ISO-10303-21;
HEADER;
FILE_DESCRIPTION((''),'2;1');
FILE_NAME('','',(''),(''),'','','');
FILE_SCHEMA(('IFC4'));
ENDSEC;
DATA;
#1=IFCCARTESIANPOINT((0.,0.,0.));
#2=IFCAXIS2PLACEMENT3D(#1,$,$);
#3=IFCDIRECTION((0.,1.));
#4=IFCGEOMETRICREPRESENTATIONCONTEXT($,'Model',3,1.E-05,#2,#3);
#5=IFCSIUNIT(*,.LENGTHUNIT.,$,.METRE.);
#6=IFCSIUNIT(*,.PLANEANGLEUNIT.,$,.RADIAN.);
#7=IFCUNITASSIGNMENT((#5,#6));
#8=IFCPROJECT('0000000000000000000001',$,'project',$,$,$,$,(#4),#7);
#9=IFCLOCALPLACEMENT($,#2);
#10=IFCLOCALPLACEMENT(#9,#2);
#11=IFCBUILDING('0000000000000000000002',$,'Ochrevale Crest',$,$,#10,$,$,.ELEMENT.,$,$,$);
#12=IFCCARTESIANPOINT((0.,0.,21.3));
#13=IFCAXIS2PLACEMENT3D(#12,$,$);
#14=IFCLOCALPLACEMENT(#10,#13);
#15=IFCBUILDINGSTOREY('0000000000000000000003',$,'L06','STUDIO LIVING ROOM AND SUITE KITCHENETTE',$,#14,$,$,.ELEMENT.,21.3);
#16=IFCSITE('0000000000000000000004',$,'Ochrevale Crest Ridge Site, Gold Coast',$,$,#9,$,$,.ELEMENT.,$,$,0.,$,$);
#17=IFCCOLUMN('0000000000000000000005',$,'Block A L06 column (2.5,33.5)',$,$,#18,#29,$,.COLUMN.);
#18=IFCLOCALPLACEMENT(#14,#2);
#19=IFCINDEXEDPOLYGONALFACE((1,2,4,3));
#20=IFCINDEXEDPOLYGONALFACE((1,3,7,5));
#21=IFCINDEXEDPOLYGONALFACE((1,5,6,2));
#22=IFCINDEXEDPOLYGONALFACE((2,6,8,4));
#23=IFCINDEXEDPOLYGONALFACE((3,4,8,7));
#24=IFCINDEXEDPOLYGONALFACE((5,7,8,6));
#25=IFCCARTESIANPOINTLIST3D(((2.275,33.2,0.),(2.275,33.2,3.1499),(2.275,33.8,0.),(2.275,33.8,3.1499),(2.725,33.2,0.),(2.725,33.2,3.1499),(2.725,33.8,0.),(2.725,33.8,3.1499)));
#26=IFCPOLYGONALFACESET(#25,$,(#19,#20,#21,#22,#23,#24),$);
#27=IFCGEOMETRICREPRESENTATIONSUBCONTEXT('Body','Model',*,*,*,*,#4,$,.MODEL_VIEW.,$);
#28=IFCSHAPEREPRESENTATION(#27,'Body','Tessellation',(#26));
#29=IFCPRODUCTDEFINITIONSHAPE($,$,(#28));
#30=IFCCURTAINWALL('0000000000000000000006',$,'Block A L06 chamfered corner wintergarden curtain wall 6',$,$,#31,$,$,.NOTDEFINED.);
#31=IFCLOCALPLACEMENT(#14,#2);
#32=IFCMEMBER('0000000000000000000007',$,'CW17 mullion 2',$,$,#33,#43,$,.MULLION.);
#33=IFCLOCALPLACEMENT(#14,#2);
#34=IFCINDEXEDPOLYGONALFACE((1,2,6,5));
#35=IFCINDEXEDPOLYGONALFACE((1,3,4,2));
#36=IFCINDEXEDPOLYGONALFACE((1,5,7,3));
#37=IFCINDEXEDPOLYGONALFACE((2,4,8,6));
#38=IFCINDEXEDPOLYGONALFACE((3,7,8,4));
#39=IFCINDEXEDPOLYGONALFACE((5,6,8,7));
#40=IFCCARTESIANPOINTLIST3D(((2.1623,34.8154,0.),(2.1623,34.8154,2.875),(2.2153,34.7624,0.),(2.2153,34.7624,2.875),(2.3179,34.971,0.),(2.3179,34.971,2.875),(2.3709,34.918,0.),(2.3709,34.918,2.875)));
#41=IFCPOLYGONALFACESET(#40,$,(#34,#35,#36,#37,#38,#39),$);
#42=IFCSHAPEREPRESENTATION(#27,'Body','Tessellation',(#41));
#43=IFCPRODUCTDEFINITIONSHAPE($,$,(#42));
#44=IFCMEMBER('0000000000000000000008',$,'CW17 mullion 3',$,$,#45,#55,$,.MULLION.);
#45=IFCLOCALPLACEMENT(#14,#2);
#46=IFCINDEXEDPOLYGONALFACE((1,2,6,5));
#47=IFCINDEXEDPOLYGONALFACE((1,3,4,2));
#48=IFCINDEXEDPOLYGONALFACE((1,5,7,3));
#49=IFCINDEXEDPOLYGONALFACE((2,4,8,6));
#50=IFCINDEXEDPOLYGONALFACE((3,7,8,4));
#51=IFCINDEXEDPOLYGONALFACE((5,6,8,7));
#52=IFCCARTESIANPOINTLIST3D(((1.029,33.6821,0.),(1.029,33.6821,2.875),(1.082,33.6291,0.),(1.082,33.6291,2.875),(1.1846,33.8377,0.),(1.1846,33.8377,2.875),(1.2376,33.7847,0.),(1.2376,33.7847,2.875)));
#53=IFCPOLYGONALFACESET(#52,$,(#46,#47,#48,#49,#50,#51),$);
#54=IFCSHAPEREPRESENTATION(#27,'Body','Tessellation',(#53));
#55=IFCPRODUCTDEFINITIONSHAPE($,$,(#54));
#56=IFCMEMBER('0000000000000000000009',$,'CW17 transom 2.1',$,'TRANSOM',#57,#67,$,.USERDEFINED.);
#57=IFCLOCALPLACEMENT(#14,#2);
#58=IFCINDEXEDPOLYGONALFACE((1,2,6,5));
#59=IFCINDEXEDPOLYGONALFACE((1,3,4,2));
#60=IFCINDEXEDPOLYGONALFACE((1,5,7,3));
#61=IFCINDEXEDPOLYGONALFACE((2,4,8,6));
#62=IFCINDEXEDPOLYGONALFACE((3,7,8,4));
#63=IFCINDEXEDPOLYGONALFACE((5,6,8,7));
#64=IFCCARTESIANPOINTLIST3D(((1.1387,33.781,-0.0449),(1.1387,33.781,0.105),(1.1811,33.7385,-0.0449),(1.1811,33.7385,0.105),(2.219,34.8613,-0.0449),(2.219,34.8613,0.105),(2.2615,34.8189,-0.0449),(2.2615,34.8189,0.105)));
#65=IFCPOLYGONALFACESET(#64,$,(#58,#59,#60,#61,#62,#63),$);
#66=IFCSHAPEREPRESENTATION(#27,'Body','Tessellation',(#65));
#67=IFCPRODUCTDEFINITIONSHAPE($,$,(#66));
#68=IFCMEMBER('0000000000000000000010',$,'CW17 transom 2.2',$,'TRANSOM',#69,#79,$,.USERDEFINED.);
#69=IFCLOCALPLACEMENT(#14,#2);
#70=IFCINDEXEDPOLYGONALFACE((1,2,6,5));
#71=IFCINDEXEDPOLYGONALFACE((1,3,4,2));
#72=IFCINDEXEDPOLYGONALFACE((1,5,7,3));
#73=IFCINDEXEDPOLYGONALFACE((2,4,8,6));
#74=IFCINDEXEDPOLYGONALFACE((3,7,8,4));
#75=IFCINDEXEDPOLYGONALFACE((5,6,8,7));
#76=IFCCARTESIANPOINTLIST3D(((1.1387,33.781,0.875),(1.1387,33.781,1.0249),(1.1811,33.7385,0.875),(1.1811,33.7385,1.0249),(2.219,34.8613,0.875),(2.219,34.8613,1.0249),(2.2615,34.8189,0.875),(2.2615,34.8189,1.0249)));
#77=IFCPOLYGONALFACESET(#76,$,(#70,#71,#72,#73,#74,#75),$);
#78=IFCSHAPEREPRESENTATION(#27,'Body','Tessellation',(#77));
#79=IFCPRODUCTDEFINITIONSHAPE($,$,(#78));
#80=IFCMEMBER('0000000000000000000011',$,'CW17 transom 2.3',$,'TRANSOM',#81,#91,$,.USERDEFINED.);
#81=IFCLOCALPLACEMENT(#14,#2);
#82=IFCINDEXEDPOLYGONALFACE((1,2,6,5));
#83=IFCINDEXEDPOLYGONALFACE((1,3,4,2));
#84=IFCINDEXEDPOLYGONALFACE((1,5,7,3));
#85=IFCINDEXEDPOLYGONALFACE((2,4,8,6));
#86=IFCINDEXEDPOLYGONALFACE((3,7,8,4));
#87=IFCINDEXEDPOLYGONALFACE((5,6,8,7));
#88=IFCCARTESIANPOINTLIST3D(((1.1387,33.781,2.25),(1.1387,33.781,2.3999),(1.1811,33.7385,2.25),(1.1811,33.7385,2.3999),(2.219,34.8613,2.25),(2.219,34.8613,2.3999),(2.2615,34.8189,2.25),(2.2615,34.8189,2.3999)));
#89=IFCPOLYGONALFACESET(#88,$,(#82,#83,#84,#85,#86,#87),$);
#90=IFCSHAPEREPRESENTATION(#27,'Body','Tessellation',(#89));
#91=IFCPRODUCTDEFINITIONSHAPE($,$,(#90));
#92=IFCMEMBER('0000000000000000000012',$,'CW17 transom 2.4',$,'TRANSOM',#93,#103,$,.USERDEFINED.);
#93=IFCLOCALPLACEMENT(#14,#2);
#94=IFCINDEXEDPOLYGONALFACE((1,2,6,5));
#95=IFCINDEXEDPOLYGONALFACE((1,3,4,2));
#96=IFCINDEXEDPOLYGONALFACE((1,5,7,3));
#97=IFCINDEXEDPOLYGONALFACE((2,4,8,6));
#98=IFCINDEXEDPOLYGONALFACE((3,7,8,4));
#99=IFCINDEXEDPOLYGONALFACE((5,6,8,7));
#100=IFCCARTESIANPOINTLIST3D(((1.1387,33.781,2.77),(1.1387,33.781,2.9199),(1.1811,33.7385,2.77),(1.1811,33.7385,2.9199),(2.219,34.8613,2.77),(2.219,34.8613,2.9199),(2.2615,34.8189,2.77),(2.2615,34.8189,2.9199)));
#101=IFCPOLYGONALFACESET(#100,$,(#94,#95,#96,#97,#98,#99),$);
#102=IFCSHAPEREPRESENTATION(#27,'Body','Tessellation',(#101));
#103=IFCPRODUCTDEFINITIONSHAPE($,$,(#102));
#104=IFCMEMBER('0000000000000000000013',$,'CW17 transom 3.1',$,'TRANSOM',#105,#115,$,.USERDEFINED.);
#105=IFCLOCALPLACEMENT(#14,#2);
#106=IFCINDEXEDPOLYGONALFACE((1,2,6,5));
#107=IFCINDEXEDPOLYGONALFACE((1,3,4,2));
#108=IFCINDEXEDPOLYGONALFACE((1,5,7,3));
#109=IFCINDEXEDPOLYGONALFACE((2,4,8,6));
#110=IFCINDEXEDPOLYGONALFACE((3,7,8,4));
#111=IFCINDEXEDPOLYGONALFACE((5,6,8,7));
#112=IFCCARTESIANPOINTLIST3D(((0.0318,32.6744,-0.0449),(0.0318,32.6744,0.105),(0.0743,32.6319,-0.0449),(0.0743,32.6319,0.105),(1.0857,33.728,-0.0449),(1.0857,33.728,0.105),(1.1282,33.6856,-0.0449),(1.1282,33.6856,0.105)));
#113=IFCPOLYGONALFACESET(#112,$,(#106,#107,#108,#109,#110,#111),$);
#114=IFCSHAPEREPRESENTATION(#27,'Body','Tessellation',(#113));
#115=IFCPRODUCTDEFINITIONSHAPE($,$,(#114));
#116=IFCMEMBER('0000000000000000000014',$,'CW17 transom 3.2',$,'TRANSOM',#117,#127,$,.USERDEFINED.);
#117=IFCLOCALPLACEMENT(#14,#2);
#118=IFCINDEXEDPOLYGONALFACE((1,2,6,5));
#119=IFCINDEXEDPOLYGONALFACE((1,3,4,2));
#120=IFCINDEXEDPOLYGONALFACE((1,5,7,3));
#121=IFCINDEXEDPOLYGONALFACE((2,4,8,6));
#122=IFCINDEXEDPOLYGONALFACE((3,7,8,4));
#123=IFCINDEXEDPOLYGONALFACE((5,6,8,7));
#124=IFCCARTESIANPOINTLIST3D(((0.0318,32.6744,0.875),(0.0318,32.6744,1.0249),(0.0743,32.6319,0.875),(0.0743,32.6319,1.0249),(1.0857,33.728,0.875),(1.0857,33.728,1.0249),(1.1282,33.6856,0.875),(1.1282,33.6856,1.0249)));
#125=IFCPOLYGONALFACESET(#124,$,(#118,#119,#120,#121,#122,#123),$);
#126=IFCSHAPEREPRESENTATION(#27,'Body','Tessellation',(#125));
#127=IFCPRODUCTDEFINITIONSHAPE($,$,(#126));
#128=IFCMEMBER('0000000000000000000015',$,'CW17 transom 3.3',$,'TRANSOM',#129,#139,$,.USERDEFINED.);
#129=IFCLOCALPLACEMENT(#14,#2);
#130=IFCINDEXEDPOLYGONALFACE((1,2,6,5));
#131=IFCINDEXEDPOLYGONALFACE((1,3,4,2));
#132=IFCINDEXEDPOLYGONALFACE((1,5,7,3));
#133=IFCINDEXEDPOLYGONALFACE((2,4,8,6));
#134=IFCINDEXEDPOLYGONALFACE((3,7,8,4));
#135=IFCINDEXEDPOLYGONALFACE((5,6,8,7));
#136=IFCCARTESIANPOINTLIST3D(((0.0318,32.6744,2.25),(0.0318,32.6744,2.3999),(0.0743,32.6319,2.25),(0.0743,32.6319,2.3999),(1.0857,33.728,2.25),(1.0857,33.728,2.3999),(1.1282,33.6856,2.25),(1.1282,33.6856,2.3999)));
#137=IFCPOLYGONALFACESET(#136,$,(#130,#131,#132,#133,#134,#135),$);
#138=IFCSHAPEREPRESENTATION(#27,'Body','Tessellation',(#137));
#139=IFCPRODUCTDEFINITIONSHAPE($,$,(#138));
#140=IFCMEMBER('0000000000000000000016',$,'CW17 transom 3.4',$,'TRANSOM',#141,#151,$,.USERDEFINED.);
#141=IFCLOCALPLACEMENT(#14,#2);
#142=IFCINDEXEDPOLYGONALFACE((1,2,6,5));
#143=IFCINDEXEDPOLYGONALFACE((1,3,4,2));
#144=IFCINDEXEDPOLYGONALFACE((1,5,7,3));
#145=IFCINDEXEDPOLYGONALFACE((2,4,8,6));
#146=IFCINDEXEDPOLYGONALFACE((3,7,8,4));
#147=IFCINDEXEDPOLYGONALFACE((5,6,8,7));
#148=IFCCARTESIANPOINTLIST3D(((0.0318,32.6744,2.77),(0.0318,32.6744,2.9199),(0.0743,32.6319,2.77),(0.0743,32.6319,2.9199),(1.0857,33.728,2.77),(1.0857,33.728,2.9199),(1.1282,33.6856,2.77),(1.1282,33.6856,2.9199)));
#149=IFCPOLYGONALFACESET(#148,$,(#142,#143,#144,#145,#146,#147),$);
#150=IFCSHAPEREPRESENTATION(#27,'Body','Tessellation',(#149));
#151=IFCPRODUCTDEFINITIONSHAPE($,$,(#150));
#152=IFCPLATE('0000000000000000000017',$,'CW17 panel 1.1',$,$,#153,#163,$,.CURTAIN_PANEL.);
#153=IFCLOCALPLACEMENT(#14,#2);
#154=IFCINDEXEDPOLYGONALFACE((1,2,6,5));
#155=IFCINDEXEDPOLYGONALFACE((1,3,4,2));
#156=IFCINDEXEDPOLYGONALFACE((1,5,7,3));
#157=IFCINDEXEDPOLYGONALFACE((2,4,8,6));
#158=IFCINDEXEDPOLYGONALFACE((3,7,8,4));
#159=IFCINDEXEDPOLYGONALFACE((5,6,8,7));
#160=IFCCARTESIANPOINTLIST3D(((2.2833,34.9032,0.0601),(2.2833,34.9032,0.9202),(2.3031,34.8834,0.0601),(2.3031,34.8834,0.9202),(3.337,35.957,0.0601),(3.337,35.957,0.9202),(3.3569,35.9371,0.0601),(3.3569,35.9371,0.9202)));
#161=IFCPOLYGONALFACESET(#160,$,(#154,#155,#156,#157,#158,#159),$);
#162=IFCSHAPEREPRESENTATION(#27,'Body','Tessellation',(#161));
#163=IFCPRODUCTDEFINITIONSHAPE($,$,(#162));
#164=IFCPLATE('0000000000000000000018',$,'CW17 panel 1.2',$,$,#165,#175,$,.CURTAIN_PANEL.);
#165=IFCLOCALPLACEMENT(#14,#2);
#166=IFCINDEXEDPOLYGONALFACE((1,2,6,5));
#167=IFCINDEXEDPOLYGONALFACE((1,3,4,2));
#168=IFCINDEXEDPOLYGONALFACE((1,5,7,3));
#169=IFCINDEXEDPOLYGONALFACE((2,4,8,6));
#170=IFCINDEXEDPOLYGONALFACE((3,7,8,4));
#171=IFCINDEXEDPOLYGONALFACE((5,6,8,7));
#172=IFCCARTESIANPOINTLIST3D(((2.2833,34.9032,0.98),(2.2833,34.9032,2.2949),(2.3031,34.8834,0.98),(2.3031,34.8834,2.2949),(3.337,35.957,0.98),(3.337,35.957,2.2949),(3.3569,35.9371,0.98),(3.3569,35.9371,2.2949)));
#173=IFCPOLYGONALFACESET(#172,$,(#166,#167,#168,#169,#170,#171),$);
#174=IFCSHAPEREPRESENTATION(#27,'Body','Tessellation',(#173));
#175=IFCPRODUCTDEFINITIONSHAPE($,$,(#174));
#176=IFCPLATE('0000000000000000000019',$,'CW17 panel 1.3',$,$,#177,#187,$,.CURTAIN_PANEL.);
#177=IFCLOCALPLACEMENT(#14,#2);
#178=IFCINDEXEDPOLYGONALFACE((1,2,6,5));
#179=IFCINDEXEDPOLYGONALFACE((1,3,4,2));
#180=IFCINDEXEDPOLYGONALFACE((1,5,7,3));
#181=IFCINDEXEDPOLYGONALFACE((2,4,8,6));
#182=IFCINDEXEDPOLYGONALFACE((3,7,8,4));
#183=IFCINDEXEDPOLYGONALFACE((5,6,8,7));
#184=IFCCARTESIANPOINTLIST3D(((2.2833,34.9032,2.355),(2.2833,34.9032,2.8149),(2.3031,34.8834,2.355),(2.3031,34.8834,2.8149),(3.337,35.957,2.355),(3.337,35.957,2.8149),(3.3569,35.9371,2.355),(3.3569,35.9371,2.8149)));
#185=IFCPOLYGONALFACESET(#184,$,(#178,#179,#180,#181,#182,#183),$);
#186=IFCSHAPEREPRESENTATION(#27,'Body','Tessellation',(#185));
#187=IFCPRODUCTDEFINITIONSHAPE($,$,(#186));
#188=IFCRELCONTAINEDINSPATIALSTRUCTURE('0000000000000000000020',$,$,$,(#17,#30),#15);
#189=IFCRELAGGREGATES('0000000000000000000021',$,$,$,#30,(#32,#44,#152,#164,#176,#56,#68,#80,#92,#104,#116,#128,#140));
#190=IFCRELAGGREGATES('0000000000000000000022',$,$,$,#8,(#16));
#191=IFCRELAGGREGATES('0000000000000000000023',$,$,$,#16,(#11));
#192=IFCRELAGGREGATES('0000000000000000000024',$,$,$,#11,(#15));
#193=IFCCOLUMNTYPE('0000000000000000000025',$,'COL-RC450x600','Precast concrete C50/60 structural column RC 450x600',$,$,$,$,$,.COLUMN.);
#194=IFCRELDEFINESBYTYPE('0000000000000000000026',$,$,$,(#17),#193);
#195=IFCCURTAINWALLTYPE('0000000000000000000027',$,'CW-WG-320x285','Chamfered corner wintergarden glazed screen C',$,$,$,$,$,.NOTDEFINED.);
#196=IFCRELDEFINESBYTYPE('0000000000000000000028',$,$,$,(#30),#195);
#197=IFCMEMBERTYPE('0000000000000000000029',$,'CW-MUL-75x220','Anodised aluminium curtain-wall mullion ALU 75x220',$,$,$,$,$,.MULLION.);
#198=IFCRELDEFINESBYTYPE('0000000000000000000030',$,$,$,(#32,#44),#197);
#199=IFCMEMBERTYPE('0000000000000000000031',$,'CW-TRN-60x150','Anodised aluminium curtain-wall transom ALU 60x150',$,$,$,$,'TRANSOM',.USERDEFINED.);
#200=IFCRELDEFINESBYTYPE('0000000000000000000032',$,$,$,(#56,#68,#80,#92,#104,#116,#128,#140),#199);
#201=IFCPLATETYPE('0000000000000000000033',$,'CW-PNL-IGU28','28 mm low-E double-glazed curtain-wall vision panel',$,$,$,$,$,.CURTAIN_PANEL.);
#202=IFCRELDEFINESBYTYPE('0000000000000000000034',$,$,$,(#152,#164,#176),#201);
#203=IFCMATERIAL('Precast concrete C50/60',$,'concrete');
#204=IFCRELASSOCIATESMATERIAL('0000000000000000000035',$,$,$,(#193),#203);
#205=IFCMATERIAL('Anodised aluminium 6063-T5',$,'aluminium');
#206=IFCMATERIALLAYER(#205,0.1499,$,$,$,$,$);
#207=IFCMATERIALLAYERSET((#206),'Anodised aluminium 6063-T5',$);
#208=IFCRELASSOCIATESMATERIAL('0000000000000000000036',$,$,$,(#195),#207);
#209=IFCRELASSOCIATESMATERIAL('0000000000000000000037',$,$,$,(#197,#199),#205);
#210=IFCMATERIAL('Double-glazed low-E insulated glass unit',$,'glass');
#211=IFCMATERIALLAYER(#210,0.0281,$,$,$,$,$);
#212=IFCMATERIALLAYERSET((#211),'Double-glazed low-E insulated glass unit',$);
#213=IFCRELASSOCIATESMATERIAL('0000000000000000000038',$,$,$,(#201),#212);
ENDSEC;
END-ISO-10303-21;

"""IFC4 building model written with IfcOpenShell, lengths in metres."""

from ifc_helpers import new_model, si_unit, direction, frame, origin, origin_2d, place, context, subcontext, project, spatial, rectangle, extrude, material, layer, layer_set, material_profile, profile_set, type_object, element, aggregate, save


model = new_model("IFC4")

# Units and contexts
model_context = context("Model", 3, precision=1e-05, world=origin(), true_north=direction((0.0, 1.0)))
body_context = subcontext(model_context, "Body", "Model", "MODEL_VIEW")
ifc_project = project(units=[si_unit("LENGTHUNIT", "METRE"), si_unit("PLANEANGLEUNIT", "RADIAN")], contexts=[model_context])

# Site, building, storey
site_placement = place(None, origin())
site = spatial("IfcSite", under=ifc_project, at=site_placement, Name="Ochrevale Crest Ridge Site, Gold Coast", CompositionType="ELEMENT", RefElevation=0.0)
building_placement = place(site_placement, origin())
building = spatial("IfcBuilding", under=site, at=building_placement, Name="Ochrevale Crest", CompositionType="ELEMENT")
storey_placement = place(building_placement, frame((0.0, 0.0, 21.3)))
storey = spatial("IfcBuildingStorey", under=building, at=storey_placement, Name="L06", Description="STUDIO LIVING ROOM AND SUITE KITCHENETTE", CompositionType="ELEMENT", Elevation=21.3)

# Column
ifc_material_1 = material(Name="Precast concrete C50/60", Category="concrete")
ifc_material_profile_1 = material_profile(ifc_material_1, rectangle(XDim=0.45, YDim=0.6001, at=origin_2d()), Name="RC 450x600")
ifc_profile_set_1 = profile_set([ifc_material_profile_1], Name="Precast concrete C50/60")
column_type = type_object("IfcColumnType", Name="COL-RC450x600", Description="Precast concrete C50/60 structural column RC 450x600", PredefinedType="COLUMN", material=ifc_profile_set_1)
column_placement = place(storey_placement, frame((2.5, 33.5, 0.0), z_axis=(0.0, 0.0, 1.0), x_axis=(1.0, 0.0, 0.0)))
element("IfcColumn", 1, at=column_placement, inside=storey, type_object=column_type, Name="Block A L06 column (2.5,33.5)", PredefinedType="COLUMN", context=body_context, shape_type="SweptSolid", body=[
    extrude(rectangle(XDim=0.45, YDim=0.6001, at=origin_2d()), origin(), (0.0, 0.0, 1.0), 3.1499),
])

# Curtain wall, members, plates
ifc_material_2 = material(Name="Anodised aluminium 6063-T5", Category="aluminium")
ifc_layer_1 = layer(ifc_material_2, 0.1499)
ifc_layer_set_1 = layer_set([ifc_layer_1], Name="Anodised aluminium 6063-T5")
curtain_wall_type = type_object("IfcCurtainWallType", Name="CW-WG-320x285", Description="Chamfered corner wintergarden glazed screen C", PredefinedType="NOTDEFINED", material=ifc_layer_set_1)
curtain_wall_placement = place(storey_placement, origin())
curtain_wall = element("IfcCurtainWall", 2, at=curtain_wall_placement, inside=storey, type_object=curtain_wall_type, Name="Block A L06 chamfered corner wintergarden curtain wall 6", PredefinedType="NOTDEFINED")
ifc_material_profile_2 = material_profile(ifc_material_2, rectangle(XDim=0.075, YDim=0.22, at=origin_2d()), Name="ALU 75x220")
ifc_profile_set_2 = profile_set([ifc_material_profile_2], Name="Anodised aluminium 6063-T5")
member_type_1 = type_object("IfcMemberType", Name="CW-MUL-75x220", Description="Anodised aluminium curtain-wall mullion ALU 75x220", PredefinedType="MULLION", material=ifc_profile_set_2)
member_1_placement = place(storey_placement, frame((2.2666, 34.8667, 0.0), z_axis=(0.0, 0.0, 1.0), x_axis=(0.707107, -0.707107, 0.0)))
member_1 = element("IfcMember", 3, at=member_1_placement, type_object=member_type_1, Name="CW17 mullion 2", PredefinedType="MULLION", context=body_context, shape_type="SweptSolid", body=[
    extrude(rectangle(XDim=0.075, YDim=0.22, at=origin_2d()), origin(), (0.0, 0.0, 1.0), 2.875),
])
member_2_placement = place(storey_placement, frame((1.1333, 33.7334, 0.0), z_axis=(0.0, 0.0, 1.0), x_axis=(0.707107, -0.707107, 0.0)))
member_2 = element("IfcMember", 4, at=member_2_placement, type_object=member_type_1, Name="CW17 mullion 3", PredefinedType="MULLION", context=body_context, shape_type="SweptSolid", body=[
    extrude(rectangle(XDim=0.075, YDim=0.22, at=origin_2d()), origin(), (0.0, 0.0, 1.0), 2.875),
])
ifc_material_profile_3 = material_profile(ifc_material_2, rectangle(XDim=0.0601, YDim=0.1499, at=origin_2d()), Name="ALU 60x150")
ifc_profile_set_3 = profile_set([ifc_material_profile_3], Name="Anodised aluminium 6063-T5")
member_type_2 = type_object("IfcMemberType", Name="CW-TRN-60x150", Description="Anodised aluminium curtain-wall transom ALU 60x150", ElementType="TRANSOM", PredefinedType="USERDEFINED", material=ifc_profile_set_3)
member_3_placement = place(storey_placement, frame((2.2402, 34.8401, 0.03), z_axis=(-0.707107, -0.707107, 0.0), x_axis=(0.707107, -0.707107, 0.0)))
member_3 = element("IfcMember", 5, at=member_3_placement, type_object=member_type_2, Name="CW17 transom 2.1", ObjectType="TRANSOM", PredefinedType="USERDEFINED", context=body_context, shape_type="SweptSolid", body=[
    extrude(rectangle(XDim=0.0601, YDim=0.1499, at=origin_2d()), origin(), (0.0, 0.0, 1.0), 1.5278),
])
member_4_placement = place(storey_placement, frame((2.2402, 34.8401, 0.95), z_axis=(-0.707107, -0.707107, 0.0), x_axis=(0.707107, -0.707107, 0.0)))
member_4 = element("IfcMember", 6, at=member_4_placement, type_object=member_type_2, Name="CW17 transom 2.2", ObjectType="TRANSOM", PredefinedType="USERDEFINED", context=body_context, shape_type="SweptSolid", body=[
    extrude(rectangle(XDim=0.0601, YDim=0.1499, at=origin_2d()), origin(), (0.0, 0.0, 1.0), 1.5278),
])
member_5_placement = place(storey_placement, frame((2.2402, 34.8401, 2.325), z_axis=(-0.707107, -0.707107, 0.0), x_axis=(0.707107, -0.707107, 0.0)))
member_5 = element("IfcMember", 7, at=member_5_placement, type_object=member_type_2, Name="CW17 transom 2.3", ObjectType="TRANSOM", PredefinedType="USERDEFINED", context=body_context, shape_type="SweptSolid", body=[
    extrude(rectangle(XDim=0.0601, YDim=0.1499, at=origin_2d()), origin(), (0.0, 0.0, 1.0), 1.5278),
])
member_6_placement = place(storey_placement, frame((2.2402, 34.8401, 2.845), z_axis=(-0.707107, -0.707107, 0.0), x_axis=(0.707107, -0.707107, 0.0)))
member_6 = element("IfcMember", 8, at=member_6_placement, type_object=member_type_2, Name="CW17 transom 2.4", ObjectType="TRANSOM", PredefinedType="USERDEFINED", context=body_context, shape_type="SweptSolid", body=[
    extrude(rectangle(XDim=0.0601, YDim=0.1499, at=origin_2d()), origin(), (0.0, 0.0, 1.0), 1.5278),
])
member_7_placement = place(storey_placement, frame((1.1069, 33.7068, 0.03), z_axis=(-0.707189, -0.707025, 0.0), x_axis=(0.707025, -0.707189, 0.0)))
member_7 = element("IfcMember", 9, at=member_7_placement, type_object=member_type_2, Name="CW17 transom 3.1", ObjectType="TRANSOM", PredefinedType="USERDEFINED", context=body_context, shape_type="SweptSolid", body=[
    extrude(rectangle(XDim=0.0601, YDim=0.1499, at=origin_2d()), origin(), (0.0, 0.0, 1.0), 1.4902),
])
member_8_placement = place(storey_placement, frame((1.1069, 33.7068, 0.95), z_axis=(-0.707189, -0.707025, 0.0), x_axis=(0.707025, -0.707189, 0.0)))
member_8 = element("IfcMember", 10, at=member_8_placement, type_object=member_type_2, Name="CW17 transom 3.2", ObjectType="TRANSOM", PredefinedType="USERDEFINED", context=body_context, shape_type="SweptSolid", body=[
    extrude(rectangle(XDim=0.0601, YDim=0.1499, at=origin_2d()), origin(), (0.0, 0.0, 1.0), 1.4902),
])
member_9_placement = place(storey_placement, frame((1.1069, 33.7068, 2.325), z_axis=(-0.707189, -0.707025, 0.0), x_axis=(0.707025, -0.707189, 0.0)))
member_9 = element("IfcMember", 11, at=member_9_placement, type_object=member_type_2, Name="CW17 transom 3.3", ObjectType="TRANSOM", PredefinedType="USERDEFINED", context=body_context, shape_type="SweptSolid", body=[
    extrude(rectangle(XDim=0.0601, YDim=0.1499, at=origin_2d()), origin(), (0.0, 0.0, 1.0), 1.4902),
])
member_10_placement = place(storey_placement, frame((1.1069, 33.7068, 2.845), z_axis=(-0.707189, -0.707025, 0.0), x_axis=(0.707025, -0.707189, 0.0)))
member_10 = element("IfcMember", 12, at=member_10_placement, type_object=member_type_2, Name="CW17 transom 3.4", ObjectType="TRANSOM", PredefinedType="USERDEFINED", context=body_context, shape_type="SweptSolid", body=[
    extrude(rectangle(XDim=0.0601, YDim=0.1499, at=origin_2d()), origin(), (0.0, 0.0, 1.0), 1.4902),
])
ifc_material_3 = material(Name="Double-glazed low-E insulated glass unit", Category="glass")
ifc_layer_2 = layer(ifc_material_3, 0.0281)
ifc_layer_set_2 = layer_set([ifc_layer_2], Name="Double-glazed low-E insulated glass unit")
plate_type = type_object("IfcPlateType", Name="CW-PNL-IGU28", Description="28 mm low-E double-glazed curtain-wall vision panel", PredefinedType="CURTAIN_PANEL", material=ifc_layer_set_2)
plate_1_placement = place(storey_placement, frame((2.8201, 35.4202, 0.0601), z_axis=(0.0, 0.0, 1.0), x_axis=(-0.707107, -0.707107, 0.0)))
plate_1 = element("IfcPlate", 13, at=plate_1_placement, type_object=plate_type, Name="CW17 panel 1.1", PredefinedType="CURTAIN_PANEL", context=body_context, shape_type="SweptSolid", body=[
    extrude(rectangle(XDim=1.4902, YDim=0.0281, at=origin_2d()), origin(), (0.0, 0.0, 1.0), 0.8601),
])
plate_2_placement = place(storey_placement, frame((2.8201, 35.4202, 0.98), z_axis=(0.0, 0.0, 1.0), x_axis=(-0.707107, -0.707107, 0.0)))
plate_2 = element("IfcPlate", 14, at=plate_2_placement, type_object=plate_type, Name="CW17 panel 1.2", PredefinedType="CURTAIN_PANEL", context=body_context, shape_type="SweptSolid", body=[
    extrude(rectangle(XDim=1.4902, YDim=0.0281, at=origin_2d()), origin(), (0.0, 0.0, 1.0), 1.3149),
])
plate_3_placement = place(storey_placement, frame((2.8201, 35.4202, 2.355), z_axis=(0.0, 0.0, 1.0), x_axis=(-0.707107, -0.707107, 0.0)))
plate_3 = element("IfcPlate", 15, at=plate_3_placement, type_object=plate_type, Name="CW17 panel 1.3", PredefinedType="CURTAIN_PANEL", context=body_context, shape_type="SweptSolid", body=[
    extrude(rectangle(XDim=1.4902, YDim=0.0281, at=origin_2d()), origin(), (0.0, 0.0, 1.0), 0.46),
])
aggregate(curtain_wall, [member_1, member_2, plate_1, plate_2, plate_3, member_3, member_4, member_5, member_6, member_7, member_8, member_9, member_10])

save(model, "model.ifc")
